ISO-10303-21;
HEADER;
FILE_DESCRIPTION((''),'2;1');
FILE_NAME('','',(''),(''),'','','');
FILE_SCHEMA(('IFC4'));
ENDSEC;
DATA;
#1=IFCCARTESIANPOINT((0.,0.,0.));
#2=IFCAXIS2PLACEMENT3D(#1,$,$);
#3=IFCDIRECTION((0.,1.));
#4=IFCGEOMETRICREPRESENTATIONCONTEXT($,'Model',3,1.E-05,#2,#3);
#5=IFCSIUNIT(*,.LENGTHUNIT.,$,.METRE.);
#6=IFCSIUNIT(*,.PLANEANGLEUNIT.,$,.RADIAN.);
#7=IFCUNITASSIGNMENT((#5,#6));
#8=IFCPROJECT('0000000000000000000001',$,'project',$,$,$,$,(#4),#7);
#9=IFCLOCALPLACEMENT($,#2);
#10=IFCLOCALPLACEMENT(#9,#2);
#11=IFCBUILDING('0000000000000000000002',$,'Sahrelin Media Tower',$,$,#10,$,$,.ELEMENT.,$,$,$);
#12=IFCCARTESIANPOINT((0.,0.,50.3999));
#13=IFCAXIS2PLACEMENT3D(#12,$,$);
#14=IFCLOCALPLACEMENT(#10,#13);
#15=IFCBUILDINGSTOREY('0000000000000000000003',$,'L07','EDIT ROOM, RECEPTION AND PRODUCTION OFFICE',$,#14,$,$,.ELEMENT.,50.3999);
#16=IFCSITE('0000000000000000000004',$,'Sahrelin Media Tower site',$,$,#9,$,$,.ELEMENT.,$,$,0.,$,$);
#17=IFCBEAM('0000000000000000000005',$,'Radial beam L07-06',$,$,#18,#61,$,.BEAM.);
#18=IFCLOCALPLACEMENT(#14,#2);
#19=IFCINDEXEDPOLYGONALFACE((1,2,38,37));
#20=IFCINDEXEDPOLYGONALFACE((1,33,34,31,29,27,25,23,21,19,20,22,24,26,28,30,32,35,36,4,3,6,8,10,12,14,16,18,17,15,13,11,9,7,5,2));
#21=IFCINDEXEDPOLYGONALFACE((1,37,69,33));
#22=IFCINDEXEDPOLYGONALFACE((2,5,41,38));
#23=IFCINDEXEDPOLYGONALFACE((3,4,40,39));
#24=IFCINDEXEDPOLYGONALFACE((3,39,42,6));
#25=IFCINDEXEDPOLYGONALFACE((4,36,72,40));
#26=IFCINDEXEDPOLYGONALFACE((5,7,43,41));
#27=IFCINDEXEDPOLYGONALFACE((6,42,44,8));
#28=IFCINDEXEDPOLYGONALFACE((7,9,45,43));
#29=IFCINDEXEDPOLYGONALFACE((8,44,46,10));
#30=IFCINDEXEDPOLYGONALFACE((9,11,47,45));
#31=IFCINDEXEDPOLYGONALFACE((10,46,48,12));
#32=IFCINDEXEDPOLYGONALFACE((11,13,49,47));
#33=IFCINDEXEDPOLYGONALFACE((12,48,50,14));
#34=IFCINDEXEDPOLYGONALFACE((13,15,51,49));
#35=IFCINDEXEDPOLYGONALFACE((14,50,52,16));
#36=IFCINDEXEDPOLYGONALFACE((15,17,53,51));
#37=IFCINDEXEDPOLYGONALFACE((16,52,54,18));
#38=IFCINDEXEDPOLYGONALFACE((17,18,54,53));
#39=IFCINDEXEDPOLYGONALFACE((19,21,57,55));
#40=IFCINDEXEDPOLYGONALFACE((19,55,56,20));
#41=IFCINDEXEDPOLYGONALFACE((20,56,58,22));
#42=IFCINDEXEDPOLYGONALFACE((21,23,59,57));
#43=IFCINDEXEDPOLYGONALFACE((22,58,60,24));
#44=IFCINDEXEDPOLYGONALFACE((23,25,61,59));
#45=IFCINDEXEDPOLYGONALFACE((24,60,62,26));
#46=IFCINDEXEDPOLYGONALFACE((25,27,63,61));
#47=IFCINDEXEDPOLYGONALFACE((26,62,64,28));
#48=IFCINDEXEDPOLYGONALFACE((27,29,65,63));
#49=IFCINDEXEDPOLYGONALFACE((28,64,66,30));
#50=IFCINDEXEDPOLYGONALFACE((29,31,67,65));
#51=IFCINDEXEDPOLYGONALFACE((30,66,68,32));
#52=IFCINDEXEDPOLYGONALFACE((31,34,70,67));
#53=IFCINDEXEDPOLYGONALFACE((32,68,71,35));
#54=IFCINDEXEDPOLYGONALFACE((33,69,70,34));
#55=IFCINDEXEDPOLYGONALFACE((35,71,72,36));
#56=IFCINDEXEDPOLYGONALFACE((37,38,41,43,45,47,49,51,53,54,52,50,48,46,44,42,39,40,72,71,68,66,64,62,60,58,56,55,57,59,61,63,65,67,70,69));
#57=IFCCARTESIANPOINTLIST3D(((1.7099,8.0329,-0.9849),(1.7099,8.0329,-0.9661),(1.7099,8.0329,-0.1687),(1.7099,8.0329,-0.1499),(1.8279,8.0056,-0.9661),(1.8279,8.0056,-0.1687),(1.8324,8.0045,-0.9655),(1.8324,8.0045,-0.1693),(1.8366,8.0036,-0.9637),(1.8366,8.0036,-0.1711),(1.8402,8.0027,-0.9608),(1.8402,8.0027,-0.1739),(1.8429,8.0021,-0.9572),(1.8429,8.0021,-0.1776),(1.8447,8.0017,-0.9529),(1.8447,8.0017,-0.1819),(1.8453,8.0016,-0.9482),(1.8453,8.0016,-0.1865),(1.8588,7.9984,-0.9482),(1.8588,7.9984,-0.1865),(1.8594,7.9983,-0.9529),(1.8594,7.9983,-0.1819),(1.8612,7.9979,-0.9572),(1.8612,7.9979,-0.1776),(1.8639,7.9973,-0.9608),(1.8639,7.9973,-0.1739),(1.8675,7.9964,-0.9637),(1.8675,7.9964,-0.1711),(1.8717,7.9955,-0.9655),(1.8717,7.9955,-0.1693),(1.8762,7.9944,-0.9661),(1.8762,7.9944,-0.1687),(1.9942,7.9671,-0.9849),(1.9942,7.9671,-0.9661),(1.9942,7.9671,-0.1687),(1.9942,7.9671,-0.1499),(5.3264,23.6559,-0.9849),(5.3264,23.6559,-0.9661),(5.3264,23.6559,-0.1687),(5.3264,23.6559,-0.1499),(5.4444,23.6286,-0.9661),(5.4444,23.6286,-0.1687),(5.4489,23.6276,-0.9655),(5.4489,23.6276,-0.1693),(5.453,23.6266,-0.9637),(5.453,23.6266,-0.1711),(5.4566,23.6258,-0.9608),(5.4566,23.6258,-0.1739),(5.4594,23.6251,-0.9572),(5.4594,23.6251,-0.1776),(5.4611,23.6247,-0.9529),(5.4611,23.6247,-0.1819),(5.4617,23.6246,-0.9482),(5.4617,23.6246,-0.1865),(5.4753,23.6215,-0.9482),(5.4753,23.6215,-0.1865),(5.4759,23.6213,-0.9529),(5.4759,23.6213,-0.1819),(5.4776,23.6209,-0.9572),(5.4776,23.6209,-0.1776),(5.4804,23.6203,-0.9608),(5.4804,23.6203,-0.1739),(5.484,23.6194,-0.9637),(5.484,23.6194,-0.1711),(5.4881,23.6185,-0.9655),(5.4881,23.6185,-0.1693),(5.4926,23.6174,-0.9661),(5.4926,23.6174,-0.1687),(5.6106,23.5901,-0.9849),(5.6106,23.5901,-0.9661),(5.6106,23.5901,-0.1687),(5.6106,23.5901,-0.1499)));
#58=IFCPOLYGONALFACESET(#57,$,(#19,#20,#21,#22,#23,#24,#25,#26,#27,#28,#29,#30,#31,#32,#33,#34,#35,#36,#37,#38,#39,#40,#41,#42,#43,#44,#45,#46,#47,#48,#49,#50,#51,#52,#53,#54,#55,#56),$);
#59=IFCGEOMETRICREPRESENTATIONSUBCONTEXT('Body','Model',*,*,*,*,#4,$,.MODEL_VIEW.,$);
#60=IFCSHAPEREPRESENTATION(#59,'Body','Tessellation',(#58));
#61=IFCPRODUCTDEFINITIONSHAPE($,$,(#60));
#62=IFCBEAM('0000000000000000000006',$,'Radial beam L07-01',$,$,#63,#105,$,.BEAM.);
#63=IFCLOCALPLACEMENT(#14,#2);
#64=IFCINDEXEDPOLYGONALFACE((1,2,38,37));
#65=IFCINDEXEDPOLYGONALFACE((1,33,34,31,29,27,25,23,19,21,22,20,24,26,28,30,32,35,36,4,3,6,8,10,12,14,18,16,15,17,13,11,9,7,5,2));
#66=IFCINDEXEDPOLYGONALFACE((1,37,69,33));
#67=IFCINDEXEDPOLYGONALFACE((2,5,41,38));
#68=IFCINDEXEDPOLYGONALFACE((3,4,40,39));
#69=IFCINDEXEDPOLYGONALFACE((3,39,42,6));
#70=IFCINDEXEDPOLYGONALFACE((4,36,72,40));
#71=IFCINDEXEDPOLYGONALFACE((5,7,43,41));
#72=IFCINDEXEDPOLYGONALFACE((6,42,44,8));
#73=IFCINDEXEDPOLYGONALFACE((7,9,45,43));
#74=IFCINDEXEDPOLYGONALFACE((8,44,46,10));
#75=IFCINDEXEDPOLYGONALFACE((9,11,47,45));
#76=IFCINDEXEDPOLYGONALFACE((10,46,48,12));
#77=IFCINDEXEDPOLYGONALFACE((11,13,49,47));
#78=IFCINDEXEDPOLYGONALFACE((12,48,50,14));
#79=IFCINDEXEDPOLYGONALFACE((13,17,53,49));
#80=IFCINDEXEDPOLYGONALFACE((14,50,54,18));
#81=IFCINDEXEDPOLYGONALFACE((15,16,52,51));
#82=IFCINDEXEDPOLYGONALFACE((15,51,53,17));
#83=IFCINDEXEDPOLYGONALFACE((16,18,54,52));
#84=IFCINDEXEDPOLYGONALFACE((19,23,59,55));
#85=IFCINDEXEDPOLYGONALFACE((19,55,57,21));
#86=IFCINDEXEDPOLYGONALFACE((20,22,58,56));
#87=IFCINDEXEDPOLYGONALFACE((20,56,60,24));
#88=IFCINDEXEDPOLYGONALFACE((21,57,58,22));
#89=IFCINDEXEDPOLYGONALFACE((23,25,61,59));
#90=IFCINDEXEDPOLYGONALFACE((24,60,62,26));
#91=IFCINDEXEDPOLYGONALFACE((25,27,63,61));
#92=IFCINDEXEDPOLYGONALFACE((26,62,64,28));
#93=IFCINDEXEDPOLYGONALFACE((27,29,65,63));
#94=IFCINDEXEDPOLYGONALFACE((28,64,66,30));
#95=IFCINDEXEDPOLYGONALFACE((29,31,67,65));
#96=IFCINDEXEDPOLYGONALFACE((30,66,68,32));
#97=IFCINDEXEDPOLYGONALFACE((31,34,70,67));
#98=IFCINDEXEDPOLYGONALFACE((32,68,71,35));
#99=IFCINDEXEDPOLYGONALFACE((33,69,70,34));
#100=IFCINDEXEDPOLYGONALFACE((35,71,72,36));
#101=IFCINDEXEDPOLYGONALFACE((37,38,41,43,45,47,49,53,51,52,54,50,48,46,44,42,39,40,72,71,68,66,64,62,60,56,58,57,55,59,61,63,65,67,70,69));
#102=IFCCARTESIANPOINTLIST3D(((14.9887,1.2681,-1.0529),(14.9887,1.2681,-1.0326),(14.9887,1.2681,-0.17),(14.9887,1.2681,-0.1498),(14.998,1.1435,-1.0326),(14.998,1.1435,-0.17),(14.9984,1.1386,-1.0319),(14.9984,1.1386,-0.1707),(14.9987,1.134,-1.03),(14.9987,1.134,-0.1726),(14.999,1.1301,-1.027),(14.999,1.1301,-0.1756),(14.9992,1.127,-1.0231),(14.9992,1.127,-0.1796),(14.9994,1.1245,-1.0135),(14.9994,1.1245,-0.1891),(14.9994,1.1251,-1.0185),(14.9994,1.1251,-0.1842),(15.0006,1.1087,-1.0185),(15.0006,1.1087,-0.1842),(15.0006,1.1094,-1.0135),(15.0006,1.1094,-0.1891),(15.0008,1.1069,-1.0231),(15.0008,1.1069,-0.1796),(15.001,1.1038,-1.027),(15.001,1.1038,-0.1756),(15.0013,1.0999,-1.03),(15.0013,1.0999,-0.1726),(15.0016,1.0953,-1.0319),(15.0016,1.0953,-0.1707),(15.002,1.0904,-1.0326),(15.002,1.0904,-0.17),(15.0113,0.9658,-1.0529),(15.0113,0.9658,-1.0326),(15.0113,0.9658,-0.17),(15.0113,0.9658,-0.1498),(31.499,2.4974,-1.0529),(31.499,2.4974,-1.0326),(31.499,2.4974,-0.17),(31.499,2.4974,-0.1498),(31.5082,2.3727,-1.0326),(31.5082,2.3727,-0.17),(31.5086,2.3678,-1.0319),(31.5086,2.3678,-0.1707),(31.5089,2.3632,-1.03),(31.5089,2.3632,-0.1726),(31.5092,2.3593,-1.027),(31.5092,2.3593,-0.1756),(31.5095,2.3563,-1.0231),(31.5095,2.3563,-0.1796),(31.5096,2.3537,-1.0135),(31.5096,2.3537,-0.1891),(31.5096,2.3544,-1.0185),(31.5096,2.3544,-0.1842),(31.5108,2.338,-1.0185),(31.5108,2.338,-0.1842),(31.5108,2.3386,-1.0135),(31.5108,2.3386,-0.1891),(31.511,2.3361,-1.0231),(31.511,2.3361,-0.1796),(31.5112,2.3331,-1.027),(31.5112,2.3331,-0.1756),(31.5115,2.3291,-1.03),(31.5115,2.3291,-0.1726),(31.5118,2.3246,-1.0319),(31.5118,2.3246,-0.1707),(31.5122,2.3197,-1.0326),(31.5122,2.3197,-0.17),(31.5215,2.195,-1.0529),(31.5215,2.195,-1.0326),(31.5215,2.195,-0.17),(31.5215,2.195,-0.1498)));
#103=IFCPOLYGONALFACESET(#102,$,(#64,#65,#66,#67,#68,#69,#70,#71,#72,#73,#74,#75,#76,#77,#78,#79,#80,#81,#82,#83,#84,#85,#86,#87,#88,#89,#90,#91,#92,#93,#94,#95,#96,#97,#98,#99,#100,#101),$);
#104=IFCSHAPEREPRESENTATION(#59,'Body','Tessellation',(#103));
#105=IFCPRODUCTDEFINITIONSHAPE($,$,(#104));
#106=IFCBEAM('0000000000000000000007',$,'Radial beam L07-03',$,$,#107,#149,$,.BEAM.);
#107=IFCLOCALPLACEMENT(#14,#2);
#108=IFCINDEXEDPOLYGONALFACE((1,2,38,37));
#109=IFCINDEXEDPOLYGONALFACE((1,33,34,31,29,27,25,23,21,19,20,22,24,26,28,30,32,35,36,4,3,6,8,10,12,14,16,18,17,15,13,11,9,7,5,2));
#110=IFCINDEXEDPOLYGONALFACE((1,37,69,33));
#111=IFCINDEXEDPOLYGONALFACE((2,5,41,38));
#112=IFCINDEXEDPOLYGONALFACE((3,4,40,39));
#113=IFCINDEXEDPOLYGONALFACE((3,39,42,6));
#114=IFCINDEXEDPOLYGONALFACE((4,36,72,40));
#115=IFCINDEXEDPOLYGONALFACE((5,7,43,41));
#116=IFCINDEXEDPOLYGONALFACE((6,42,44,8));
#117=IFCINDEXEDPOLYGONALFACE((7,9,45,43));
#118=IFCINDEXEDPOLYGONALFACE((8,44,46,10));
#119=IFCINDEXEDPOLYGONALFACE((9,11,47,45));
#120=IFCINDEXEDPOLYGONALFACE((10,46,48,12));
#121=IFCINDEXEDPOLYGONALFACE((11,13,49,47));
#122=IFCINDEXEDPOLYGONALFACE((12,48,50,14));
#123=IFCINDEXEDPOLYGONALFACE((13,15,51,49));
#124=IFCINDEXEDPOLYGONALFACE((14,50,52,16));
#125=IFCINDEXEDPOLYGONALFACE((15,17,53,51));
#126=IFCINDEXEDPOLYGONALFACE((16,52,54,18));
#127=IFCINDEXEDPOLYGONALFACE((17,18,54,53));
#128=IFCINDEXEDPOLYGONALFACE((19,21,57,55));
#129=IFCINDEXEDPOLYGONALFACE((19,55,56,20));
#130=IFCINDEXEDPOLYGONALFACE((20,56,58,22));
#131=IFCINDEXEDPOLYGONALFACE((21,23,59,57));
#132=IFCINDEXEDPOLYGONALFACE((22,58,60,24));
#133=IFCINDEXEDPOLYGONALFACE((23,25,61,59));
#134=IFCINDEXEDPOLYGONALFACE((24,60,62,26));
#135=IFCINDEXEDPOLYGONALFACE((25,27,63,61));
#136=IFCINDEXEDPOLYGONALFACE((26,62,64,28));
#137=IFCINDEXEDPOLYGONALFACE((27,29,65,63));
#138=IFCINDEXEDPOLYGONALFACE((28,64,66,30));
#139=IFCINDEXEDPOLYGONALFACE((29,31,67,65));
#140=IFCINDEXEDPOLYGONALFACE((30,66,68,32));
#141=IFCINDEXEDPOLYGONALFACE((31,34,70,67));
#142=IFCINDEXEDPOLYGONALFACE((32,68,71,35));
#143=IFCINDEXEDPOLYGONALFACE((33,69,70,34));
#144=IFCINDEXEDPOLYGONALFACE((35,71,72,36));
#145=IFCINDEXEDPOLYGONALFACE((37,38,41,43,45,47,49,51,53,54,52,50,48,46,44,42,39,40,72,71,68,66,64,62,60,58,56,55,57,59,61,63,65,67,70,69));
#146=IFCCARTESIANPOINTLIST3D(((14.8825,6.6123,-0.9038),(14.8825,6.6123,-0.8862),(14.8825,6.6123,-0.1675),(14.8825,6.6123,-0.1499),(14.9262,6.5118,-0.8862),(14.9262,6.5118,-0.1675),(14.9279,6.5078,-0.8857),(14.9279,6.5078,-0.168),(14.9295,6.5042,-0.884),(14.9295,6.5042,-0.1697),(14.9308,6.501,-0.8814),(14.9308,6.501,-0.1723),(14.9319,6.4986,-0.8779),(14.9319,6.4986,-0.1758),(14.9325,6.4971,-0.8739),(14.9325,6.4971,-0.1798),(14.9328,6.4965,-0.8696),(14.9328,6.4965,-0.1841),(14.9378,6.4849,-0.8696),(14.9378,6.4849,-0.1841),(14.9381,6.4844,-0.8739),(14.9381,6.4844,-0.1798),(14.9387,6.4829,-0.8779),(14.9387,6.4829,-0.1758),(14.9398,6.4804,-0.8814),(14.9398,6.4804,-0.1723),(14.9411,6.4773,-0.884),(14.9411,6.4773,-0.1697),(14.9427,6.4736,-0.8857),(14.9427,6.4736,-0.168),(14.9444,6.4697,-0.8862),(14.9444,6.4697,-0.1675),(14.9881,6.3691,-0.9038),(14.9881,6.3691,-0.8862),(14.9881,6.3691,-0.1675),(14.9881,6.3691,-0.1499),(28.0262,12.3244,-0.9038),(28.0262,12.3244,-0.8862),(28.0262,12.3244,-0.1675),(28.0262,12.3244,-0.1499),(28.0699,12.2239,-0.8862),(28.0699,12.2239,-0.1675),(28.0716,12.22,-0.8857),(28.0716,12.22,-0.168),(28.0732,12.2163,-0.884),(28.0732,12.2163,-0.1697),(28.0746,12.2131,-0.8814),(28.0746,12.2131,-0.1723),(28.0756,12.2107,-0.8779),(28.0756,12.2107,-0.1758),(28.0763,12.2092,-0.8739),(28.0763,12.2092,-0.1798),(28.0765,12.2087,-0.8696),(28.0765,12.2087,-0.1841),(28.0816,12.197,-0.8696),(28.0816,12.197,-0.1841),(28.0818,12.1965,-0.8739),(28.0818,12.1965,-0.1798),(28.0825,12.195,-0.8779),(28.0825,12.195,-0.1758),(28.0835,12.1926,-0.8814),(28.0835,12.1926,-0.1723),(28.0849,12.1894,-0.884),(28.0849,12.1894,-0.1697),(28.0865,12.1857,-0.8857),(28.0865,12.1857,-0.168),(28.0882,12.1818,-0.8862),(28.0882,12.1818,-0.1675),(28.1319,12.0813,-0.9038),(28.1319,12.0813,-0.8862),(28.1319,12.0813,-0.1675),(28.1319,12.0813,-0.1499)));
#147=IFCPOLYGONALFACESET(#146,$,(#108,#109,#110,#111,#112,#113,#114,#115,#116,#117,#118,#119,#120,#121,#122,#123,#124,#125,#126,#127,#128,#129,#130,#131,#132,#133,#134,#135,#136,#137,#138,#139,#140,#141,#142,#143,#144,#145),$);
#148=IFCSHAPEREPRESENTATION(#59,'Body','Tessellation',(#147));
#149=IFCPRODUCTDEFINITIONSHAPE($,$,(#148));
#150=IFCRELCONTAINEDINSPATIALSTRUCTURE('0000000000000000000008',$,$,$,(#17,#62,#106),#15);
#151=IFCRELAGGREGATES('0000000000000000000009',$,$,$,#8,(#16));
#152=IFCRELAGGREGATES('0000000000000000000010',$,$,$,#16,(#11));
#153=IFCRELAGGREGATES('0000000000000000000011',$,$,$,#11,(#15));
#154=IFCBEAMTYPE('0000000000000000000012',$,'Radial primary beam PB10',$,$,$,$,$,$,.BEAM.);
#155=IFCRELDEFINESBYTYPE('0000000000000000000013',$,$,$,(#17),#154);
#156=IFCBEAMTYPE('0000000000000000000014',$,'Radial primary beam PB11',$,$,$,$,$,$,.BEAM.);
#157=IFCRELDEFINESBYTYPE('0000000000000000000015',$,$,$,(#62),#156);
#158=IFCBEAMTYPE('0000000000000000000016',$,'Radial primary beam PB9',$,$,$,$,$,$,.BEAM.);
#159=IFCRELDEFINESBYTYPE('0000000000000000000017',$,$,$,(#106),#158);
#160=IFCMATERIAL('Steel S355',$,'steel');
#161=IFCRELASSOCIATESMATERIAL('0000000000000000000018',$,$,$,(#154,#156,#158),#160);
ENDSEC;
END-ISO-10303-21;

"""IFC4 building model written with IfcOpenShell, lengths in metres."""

from ifc_helpers import new_model, si_unit, direction, frame, origin, origin_2d, place, context, subcontext, project, spatial, i_section, extrude, material, material_profile, profile_set, type_object, element, save


model = new_model("IFC4")

# Units and contexts
model_context = context("Model", 3, precision=1e-05, world=origin(), true_north=direction((0.0, 1.0)))
body_context = subcontext(model_context, "Body", "Model", "MODEL_VIEW")
ifc_project = project(units=[si_unit("LENGTHUNIT", "METRE"), si_unit("PLANEANGLEUNIT", "RADIAN")], contexts=[model_context])

# Site, building, storey
site_placement = place(None, origin())
site = spatial("IfcSite", under=ifc_project, at=site_placement, Name="Sahrelin Media Tower site", CompositionType="ELEMENT", RefElevation=0.0)
building_placement = place(site_placement, origin())
building = spatial("IfcBuilding", under=site, at=building_placement, Name="Sahrelin Media Tower", CompositionType="ELEMENT")
storey_placement = place(building_placement, frame((0.0, 0.0, 50.3999)))
storey = spatial("IfcBuildingStorey", under=building, at=storey_placement, Name="L07", Description="EDIT ROOM, RECEPTION AND PRODUCTION OFFICE", CompositionType="ELEMENT", Elevation=50.3999)

# Beams
ifc_material_1 = material(Name="Steel S355", Category="steel")
ifc_material_profile_1 = material_profile(ifc_material_1, i_section(OverallWidth=0.2917, OverallDepth=0.835, WebThickness=0.0139, FlangeThickness=0.0188, FilletRadius=0.0178, at=origin_2d()), Name="UB 838x292x176")
ifc_profile_set_1 = profile_set([ifc_material_profile_1], Name="Steel S355")
beam_type_1 = type_object("IfcBeamType", Name="Radial primary beam PB10", PredefinedType="BEAM", material=ifc_profile_set_1)
beam_1_placement = place(storey_placement, frame((1.8521, 8.0, -0.5674), z_axis=(0.225519, 0.974239, 0.0), x_axis=(-0.974239, 0.225519, 0.0)))
element("IfcBeam", 1, at=beam_1_placement, inside=storey, type_object=beam_type_1, Name="Radial beam L07-06", PredefinedType="BEAM", context=body_context, shape_type="SweptSolid", body=[
    extrude(i_section(OverallWidth=0.2917, OverallDepth=0.835, WebThickness=0.0139, FlangeThickness=0.0188, FilletRadius=0.0178, at=origin_2d()), origin(), (0.0, 0.0, 1.0), 16.0361),
])
ifc_material_profile_2 = material_profile(ifc_material_1, i_section(OverallWidth=0.3032, OverallDepth=0.9031, WebThickness=0.0151, FlangeThickness=0.0203, FilletRadius=0.019, at=origin_2d()), Name="UB 914x305x201")
ifc_profile_set_2 = profile_set([ifc_material_profile_2], Name="Steel S355")
beam_type_2 = type_object("IfcBeamType", Name="Radial primary beam PB11", PredefinedType="BEAM", material=ifc_profile_set_2)
beam_2_placement = place(storey_placement, frame((15.0, 1.1169, -0.6013), z_axis=(0.99724, 0.074248, 0.0), x_axis=(-0.074248, 0.99724, 0.0)))
element("IfcBeam", 2, at=beam_2_placement, inside=storey, type_object=beam_type_2, Name="Radial beam L07-01", PredefinedType="BEAM", context=body_context, shape_type="SweptSolid", body=[
    extrude(i_section(OverallWidth=0.3032, OverallDepth=0.9031, WebThickness=0.0151, FlangeThickness=0.0203, FilletRadius=0.019, at=origin_2d()), origin(), (0.0, 0.0, 1.0), 16.5559),
])
ifc_material_profile_3 = material_profile(ifc_material_1, i_section(OverallWidth=0.2651, OverallDepth=0.7539, WebThickness=0.0127, FlangeThickness=0.0176, FilletRadius=0.0166, at=origin_2d()), Name="UB 762x267x147")
ifc_profile_set_3 = profile_set([ifc_material_profile_3], Name="Steel S355")
beam_type_3 = type_object("IfcBeamType", Name="Radial primary beam PB9", PredefinedType="BEAM", material=ifc_profile_set_3)
beam_3_placement = place(storey_placement, frame((14.9353, 6.4907, -0.5269), z_axis=(0.917135, 0.398577, 0.0), x_axis=(-0.398577, 0.917135, 0.0)))
element("IfcBeam", 3, at=beam_3_placement, inside=storey, type_object=beam_type_3, Name="Radial beam L07-03", PredefinedType="BEAM", context=body_context, shape_type="SweptSolid", body=[
    extrude(i_section(OverallWidth=0.2651, OverallDepth=0.7539, WebThickness=0.0127, FlangeThickness=0.0176, FilletRadius=0.0166, at=origin_2d()), origin(), (0.0, 0.0, 1.0), 14.3313),
])

save(model, "model.ifc")
